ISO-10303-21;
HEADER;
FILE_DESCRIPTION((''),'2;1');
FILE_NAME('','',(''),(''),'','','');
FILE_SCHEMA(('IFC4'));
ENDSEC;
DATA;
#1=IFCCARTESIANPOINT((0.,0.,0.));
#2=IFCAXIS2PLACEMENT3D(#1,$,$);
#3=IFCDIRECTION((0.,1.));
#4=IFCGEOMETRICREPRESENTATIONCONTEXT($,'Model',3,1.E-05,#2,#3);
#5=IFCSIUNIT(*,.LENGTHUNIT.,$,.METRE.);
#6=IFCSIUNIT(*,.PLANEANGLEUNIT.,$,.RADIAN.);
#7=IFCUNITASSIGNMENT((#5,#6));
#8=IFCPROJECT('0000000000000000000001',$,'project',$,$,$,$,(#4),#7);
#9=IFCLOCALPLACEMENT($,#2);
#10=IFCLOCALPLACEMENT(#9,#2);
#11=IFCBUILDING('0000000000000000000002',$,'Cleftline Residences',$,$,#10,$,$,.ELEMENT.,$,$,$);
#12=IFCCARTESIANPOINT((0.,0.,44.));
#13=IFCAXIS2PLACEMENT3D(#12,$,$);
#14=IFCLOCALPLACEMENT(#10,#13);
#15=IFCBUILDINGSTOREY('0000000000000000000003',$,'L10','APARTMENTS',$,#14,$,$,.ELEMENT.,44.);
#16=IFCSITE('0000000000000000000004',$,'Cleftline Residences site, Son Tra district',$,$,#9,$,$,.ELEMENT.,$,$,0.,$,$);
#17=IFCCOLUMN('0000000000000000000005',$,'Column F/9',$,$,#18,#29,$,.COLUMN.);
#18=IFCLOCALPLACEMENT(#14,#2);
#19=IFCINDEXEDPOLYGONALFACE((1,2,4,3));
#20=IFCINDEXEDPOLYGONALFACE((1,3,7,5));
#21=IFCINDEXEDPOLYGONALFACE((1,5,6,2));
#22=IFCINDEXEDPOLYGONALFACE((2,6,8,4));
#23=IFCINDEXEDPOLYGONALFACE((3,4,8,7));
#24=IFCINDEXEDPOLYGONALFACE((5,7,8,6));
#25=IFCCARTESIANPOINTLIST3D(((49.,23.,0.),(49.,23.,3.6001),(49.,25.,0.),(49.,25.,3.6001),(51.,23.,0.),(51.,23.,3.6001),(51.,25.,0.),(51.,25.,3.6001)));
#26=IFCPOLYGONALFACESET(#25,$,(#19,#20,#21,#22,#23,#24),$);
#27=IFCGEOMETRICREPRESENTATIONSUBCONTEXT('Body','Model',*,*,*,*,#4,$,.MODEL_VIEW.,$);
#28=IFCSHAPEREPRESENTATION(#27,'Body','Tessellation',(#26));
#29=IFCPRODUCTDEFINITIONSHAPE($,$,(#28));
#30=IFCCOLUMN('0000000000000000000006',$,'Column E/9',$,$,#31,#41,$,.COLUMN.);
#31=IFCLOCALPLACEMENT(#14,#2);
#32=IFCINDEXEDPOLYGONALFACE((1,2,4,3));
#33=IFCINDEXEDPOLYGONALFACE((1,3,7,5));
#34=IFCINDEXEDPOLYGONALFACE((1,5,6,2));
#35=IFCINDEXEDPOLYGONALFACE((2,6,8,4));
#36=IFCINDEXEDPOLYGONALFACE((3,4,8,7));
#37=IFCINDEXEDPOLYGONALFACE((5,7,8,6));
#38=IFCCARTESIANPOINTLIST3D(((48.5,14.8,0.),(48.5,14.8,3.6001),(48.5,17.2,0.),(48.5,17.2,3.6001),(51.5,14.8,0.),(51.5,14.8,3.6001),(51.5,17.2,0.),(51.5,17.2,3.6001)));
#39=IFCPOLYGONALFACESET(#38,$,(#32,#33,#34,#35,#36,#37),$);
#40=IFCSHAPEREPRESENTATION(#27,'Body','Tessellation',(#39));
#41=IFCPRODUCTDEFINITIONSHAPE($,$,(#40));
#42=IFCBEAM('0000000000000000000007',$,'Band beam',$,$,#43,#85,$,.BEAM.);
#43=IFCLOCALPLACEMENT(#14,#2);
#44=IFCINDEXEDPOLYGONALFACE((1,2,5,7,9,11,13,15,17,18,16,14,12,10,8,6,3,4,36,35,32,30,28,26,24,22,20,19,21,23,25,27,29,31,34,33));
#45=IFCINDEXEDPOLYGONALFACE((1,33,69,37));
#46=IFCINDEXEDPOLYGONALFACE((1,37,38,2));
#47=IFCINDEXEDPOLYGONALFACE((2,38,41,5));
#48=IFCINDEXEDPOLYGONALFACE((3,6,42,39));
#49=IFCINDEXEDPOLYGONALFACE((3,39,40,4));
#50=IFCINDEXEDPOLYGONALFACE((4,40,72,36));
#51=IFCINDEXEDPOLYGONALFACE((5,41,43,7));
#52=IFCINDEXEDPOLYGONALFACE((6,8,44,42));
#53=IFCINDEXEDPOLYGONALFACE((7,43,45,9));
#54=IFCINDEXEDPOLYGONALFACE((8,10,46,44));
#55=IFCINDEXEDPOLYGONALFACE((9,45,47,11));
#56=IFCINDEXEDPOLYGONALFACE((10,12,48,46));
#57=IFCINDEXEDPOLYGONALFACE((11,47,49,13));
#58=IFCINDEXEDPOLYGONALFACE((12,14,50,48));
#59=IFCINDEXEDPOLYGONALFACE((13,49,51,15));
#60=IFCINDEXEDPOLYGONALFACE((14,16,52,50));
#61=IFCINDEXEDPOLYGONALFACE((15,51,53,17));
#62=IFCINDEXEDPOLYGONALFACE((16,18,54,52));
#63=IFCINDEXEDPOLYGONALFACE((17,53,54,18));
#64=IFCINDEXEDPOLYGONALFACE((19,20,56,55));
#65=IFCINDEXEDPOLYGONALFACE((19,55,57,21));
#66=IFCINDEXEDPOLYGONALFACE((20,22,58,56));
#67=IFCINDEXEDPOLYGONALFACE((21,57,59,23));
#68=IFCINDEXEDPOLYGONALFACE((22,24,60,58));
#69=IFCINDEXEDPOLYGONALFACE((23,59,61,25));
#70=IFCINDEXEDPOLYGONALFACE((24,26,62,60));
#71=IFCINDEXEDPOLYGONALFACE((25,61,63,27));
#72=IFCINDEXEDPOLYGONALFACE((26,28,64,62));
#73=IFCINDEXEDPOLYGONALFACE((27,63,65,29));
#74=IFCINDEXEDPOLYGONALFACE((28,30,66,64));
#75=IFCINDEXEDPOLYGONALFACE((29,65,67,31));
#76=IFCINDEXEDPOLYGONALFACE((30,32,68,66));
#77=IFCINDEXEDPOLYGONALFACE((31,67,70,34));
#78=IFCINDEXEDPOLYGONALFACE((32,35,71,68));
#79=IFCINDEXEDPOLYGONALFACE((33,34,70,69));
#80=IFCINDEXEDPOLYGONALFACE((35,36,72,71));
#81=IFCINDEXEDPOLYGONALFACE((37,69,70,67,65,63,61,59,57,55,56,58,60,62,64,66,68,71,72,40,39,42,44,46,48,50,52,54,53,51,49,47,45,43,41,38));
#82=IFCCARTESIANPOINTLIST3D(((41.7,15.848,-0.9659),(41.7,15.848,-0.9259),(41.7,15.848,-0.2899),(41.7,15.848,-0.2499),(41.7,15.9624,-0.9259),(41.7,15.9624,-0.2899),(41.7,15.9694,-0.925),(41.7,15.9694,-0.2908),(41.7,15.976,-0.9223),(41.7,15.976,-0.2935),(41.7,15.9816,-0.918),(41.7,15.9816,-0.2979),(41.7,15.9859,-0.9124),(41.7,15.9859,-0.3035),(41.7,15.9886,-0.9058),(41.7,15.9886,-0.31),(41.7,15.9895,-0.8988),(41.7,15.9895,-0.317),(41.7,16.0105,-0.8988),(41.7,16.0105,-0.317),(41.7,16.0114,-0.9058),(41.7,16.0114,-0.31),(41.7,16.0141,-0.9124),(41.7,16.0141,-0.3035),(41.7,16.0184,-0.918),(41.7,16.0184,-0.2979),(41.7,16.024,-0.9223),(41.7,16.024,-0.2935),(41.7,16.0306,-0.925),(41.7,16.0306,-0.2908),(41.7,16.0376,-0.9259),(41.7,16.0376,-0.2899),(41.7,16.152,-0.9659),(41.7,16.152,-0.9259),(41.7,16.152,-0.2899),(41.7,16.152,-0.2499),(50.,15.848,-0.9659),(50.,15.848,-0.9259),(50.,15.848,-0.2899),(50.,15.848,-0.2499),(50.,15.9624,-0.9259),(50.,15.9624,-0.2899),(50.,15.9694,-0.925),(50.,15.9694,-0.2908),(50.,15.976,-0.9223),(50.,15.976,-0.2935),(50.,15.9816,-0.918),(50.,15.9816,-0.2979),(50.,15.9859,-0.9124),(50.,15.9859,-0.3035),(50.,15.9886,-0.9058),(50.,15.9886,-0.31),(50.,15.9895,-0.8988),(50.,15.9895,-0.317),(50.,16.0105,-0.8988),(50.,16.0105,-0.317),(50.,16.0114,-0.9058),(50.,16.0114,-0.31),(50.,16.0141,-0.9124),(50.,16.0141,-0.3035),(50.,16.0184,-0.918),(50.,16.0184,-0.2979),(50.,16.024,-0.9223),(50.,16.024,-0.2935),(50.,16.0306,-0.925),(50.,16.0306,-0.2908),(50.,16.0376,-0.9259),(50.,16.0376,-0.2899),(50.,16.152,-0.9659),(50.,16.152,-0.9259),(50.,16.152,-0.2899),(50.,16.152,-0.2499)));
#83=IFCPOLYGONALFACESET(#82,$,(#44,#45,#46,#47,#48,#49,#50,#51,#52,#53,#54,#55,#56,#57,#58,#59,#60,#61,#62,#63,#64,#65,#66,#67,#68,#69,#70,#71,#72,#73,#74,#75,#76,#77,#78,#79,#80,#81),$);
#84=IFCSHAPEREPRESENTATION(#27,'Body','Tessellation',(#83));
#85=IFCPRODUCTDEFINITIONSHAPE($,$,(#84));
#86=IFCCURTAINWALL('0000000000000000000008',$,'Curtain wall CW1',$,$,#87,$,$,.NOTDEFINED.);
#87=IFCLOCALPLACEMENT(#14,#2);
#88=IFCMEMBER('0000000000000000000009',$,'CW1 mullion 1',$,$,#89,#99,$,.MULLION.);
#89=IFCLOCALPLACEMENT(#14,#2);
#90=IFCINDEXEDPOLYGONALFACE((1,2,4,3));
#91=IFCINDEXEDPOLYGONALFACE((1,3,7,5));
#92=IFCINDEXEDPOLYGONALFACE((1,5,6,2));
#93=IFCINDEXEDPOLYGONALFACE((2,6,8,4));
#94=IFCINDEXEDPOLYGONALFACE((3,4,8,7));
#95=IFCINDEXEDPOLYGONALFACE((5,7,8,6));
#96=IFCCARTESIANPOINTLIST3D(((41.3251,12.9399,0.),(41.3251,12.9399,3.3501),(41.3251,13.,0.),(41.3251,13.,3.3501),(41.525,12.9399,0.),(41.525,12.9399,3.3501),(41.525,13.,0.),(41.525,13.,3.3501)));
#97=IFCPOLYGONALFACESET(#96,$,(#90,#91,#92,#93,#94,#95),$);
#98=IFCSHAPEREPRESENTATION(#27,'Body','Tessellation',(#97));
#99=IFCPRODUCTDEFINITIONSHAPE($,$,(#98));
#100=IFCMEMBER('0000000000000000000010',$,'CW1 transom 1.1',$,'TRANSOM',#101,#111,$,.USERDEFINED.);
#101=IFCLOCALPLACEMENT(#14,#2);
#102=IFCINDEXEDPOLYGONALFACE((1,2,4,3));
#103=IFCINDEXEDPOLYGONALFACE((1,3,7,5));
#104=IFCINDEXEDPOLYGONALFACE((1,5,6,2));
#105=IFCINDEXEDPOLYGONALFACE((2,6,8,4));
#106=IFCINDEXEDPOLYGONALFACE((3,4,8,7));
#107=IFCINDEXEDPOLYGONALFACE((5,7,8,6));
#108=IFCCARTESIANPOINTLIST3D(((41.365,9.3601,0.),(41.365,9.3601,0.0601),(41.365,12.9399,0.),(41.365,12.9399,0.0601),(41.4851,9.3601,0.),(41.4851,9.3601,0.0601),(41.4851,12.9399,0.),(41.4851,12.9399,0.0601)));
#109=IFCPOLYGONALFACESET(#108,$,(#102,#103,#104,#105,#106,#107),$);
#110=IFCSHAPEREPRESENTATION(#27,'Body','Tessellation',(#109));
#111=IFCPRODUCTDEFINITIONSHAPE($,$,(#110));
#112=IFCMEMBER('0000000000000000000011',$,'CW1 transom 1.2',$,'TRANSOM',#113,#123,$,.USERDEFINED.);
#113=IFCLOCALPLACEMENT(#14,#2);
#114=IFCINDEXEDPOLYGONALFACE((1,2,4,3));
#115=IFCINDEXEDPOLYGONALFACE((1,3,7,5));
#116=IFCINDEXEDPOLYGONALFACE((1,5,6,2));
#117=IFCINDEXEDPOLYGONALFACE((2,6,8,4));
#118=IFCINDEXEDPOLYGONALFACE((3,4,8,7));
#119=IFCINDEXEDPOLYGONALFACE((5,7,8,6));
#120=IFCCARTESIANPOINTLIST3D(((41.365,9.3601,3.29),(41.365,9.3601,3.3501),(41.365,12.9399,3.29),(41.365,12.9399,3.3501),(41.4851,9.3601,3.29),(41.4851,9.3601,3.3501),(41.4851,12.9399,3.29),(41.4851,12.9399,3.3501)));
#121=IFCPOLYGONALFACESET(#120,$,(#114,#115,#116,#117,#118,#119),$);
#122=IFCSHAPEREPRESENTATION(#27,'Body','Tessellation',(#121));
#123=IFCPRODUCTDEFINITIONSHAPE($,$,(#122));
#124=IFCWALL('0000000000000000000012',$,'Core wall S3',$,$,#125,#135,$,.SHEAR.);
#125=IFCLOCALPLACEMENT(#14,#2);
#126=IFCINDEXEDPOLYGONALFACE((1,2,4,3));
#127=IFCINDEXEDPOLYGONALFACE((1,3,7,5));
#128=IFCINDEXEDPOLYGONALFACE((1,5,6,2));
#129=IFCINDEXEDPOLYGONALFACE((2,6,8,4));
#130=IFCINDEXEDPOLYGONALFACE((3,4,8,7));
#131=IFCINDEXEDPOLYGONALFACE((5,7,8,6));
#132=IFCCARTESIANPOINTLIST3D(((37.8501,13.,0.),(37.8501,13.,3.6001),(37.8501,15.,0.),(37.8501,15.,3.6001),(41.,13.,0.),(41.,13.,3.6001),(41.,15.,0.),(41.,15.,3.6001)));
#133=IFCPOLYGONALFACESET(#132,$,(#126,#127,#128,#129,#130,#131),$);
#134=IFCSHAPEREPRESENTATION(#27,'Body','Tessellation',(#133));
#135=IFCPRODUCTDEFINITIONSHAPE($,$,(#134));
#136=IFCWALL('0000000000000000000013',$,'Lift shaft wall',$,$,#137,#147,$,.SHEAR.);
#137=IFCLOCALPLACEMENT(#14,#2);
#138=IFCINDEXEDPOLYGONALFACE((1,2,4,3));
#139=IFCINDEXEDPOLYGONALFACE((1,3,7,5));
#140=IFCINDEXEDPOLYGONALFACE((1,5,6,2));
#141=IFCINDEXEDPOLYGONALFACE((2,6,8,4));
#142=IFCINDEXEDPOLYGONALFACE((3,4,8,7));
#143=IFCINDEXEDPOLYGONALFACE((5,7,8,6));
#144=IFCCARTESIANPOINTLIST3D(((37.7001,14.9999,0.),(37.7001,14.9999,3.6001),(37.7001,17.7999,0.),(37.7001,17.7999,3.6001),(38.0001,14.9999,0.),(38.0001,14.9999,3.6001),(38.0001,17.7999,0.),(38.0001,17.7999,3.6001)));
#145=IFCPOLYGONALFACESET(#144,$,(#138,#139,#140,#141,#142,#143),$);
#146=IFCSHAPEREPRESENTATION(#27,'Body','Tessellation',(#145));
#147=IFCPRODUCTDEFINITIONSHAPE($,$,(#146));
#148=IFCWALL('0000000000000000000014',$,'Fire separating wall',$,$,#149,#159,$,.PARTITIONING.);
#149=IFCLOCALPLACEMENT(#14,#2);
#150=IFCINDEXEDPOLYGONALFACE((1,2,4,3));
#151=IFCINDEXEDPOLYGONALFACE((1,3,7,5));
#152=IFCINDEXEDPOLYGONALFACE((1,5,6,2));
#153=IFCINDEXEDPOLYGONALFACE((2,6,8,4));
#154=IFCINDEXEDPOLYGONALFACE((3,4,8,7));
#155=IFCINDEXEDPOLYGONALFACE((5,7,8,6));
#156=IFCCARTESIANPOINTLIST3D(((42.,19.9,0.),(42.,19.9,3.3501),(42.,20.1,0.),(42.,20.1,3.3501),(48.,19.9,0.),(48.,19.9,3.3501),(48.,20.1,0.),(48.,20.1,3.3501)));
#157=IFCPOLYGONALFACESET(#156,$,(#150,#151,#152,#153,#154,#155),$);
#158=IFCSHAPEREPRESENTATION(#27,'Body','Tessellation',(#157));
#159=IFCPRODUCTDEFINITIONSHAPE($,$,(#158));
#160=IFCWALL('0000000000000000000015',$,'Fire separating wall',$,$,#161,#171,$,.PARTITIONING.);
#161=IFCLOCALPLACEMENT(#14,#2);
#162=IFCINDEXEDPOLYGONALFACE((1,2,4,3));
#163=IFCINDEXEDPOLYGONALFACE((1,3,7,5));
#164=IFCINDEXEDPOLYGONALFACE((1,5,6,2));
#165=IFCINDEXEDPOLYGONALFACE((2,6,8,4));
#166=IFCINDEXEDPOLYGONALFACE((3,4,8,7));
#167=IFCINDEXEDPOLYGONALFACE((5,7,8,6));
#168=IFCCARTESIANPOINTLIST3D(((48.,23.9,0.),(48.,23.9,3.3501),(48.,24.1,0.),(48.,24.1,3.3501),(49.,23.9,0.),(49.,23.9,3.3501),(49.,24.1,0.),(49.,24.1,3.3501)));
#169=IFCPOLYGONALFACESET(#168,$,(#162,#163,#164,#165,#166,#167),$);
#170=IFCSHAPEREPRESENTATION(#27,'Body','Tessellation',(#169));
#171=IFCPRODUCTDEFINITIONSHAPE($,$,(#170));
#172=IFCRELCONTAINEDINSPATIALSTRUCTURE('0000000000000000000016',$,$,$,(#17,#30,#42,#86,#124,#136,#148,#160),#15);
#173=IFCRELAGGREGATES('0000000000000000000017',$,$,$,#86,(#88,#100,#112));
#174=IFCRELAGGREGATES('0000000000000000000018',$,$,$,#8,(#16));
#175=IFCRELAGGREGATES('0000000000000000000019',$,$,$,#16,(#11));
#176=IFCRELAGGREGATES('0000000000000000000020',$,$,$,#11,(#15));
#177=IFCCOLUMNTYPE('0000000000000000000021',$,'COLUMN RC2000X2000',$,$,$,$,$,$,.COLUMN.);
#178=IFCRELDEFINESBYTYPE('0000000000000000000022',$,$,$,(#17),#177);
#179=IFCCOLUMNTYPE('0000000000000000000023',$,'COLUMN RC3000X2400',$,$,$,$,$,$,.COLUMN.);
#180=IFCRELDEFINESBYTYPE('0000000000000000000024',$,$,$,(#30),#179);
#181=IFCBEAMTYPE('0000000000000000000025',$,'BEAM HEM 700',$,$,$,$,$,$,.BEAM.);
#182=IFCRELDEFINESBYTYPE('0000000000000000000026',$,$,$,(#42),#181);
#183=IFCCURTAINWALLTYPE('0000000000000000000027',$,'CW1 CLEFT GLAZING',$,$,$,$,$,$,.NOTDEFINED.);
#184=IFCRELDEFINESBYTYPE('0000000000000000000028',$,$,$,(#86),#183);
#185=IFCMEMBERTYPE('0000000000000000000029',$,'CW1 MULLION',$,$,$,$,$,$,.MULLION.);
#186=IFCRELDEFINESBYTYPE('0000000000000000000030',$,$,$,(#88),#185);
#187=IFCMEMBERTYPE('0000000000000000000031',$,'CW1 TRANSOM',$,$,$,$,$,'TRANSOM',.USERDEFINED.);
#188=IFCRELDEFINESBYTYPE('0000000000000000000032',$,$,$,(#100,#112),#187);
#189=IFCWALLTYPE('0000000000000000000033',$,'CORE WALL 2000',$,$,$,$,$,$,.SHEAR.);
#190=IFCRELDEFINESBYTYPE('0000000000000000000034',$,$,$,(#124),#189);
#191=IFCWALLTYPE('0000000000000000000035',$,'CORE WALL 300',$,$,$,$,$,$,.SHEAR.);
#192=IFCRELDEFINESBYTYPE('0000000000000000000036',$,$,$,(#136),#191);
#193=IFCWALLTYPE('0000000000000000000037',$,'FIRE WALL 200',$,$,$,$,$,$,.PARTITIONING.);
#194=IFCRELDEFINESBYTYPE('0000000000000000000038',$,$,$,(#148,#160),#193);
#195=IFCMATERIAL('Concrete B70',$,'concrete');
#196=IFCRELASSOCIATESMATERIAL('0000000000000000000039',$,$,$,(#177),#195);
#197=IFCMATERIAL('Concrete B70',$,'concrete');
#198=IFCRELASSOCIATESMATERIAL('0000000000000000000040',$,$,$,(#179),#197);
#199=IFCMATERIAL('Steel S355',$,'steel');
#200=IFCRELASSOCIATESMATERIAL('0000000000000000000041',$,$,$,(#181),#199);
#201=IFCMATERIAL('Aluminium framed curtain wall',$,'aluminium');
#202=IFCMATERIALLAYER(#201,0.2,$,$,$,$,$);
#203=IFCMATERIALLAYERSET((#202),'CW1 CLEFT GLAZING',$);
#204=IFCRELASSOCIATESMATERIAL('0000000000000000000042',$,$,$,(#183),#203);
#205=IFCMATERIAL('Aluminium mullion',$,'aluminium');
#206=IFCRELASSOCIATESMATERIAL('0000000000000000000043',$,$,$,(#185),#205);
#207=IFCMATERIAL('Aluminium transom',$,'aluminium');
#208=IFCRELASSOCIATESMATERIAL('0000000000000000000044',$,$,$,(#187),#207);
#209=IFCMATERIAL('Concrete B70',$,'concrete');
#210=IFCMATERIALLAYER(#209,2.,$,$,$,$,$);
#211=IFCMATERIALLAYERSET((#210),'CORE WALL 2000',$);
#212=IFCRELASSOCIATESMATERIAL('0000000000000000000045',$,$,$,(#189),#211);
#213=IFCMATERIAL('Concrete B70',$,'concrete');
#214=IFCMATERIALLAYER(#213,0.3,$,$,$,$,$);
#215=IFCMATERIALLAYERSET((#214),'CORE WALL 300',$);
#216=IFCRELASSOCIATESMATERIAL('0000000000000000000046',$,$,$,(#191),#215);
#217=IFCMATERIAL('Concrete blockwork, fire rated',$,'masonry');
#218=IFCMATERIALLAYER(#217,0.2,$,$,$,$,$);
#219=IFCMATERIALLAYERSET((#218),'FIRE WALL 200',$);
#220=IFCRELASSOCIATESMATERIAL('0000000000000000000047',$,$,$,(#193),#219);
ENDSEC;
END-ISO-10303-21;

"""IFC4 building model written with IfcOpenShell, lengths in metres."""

from ifc_helpers import new_model, si_unit, direction, frame, frame_2d, origin, origin_2d, place, context, subcontext, project, spatial, rectangle, i_section, extrude, material, layer, layer_set, material_profile, profile_set, type_object, element, aggregate, save


model = new_model("IFC4")

# Units and contexts
model_context = context("Model", 3, precision=1e-05, world=origin(), true_north=direction((0.0, 1.0)))
body_context = subcontext(model_context, "Body", "Model", "MODEL_VIEW")
ifc_project = project(units=[si_unit("LENGTHUNIT", "METRE"), si_unit("PLANEANGLEUNIT", "RADIAN")], contexts=[model_context])

# Site, building, storey
site_placement = place(None, origin())
site = spatial("IfcSite", under=ifc_project, at=site_placement, Name="Cleftline Residences site, Son Tra district", CompositionType="ELEMENT", RefElevation=0.0)
building_placement = place(site_placement, origin())
building = spatial("IfcBuilding", under=site, at=building_placement, Name="Cleftline Residences", CompositionType="ELEMENT")
storey_placement = place(building_placement, frame((0.0, 0.0, 44.0)))
storey = spatial("IfcBuildingStorey", under=building, at=storey_placement, Name="L10", Description="APARTMENTS", CompositionType="ELEMENT", Elevation=44.0)

# Columns
ifc_material_1 = material(Name="Concrete B70", Category="concrete")
ifc_material_profile_1 = material_profile(ifc_material_1, rectangle(XDim=2.0, YDim=2.0, at=origin_2d()))
ifc_profile_set_1 = profile_set([ifc_material_profile_1], Name="Concrete B70")
column_type_1 = type_object("IfcColumnType", Name="COLUMN RC2000X2000", PredefinedType="COLUMN", material=ifc_profile_set_1)
column_1_placement = place(storey_placement, frame((50.0, 24.0, 0.0), z_axis=(0.0, 0.0, 1.0), x_axis=(1.0, 0.0, 0.0)))
element("IfcColumn", 1, at=column_1_placement, inside=storey, type_object=column_type_1, Name="Column F/9", PredefinedType="COLUMN", context=body_context, shape_type="SweptSolid", body=[
    extrude(rectangle(XDim=2.0, YDim=2.0, at=origin_2d()), origin(), (0.0, 0.0, 1.0), 3.6001),
])
ifc_material_2 = material(Name="Concrete B70", Category="concrete")
ifc_material_profile_2 = material_profile(ifc_material_2, rectangle(XDim=3.0, YDim=2.3999, at=origin_2d()))
ifc_profile_set_2 = profile_set([ifc_material_profile_2], Name="Concrete B70")
column_type_2 = type_object("IfcColumnType", Name="COLUMN RC3000X2400", PredefinedType="COLUMN", material=ifc_profile_set_2)
column_2_placement = place(storey_placement, frame((50.0, 16.0, 0.0), z_axis=(0.0, 0.0, 1.0), x_axis=(1.0, 0.0, 0.0)))
element("IfcColumn", 2, at=column_2_placement, inside=storey, type_object=column_type_2, Name="Column E/9", PredefinedType="COLUMN", context=body_context, shape_type="SweptSolid", body=[
    extrude(rectangle(XDim=3.0, YDim=2.3999, at=origin_2d()), origin(), (0.0, 0.0, 1.0), 3.6001),
])

# Beam
ifc_material_3 = material(Name="Steel S355", Category="steel")
ifc_material_profile_3 = material_profile(ifc_material_3, i_section(OverallWidth=0.304, OverallDepth=0.7161, WebThickness=0.021, FlangeThickness=0.04, FilletRadius=0.0271, at=origin_2d()))
ifc_profile_set_3 = profile_set([ifc_material_profile_3], Name="Steel S355")
beam_type = type_object("IfcBeamType", Name="BEAM HEM 700", PredefinedType="BEAM", material=ifc_profile_set_3)
beam_placement = place(storey_placement, frame((50.0, 16.0, -0.6079), z_axis=(-1.0, 0.0, 0.0), x_axis=(0.0, -1.0, 0.0)))
element("IfcBeam", 3, at=beam_placement, inside=storey, type_object=beam_type, Name="Band beam", PredefinedType="BEAM", context=body_context, shape_type="SweptSolid", body=[
    extrude(i_section(OverallWidth=0.304, OverallDepth=0.7161, WebThickness=0.021, FlangeThickness=0.04, FilletRadius=0.0271, at=origin_2d()), origin(), (0.0, 0.0, 1.0), 8.3),
])

# Curtain wall, members
ifc_material_4 = material(Name="Aluminium framed curtain wall", Category="aluminium")
ifc_layer_1 = layer(ifc_material_4, 0.2)
ifc_layer_set_1 = layer_set([ifc_layer_1], Name="CW1 CLEFT GLAZING")
curtain_wall_type = type_object("IfcCurtainWallType", Name="CW1 CLEFT GLAZING", PredefinedType="NOTDEFINED", material=ifc_layer_set_1)
curtain_wall_placement = place(storey_placement, origin())
curtain_wall = element("IfcCurtainWall", 4, at=curtain_wall_placement, inside=storey, type_object=curtain_wall_type, Name="Curtain wall CW1", PredefinedType="NOTDEFINED")
ifc_material_5 = material(Name="Aluminium mullion", Category="aluminium")
ifc_material_profile_4 = material_profile(ifc_material_5, rectangle(XDim=0.2, YDim=0.0601, at=origin_2d()))
ifc_profile_set_4 = profile_set([ifc_material_profile_4], Name="Aluminium mullion")
member_type_1 = type_object("IfcMemberType", Name="CW1 MULLION", PredefinedType="MULLION", material=ifc_profile_set_4)
member_1_placement = place(storey_placement, frame((41.425, 12.97, 0.0), z_axis=(0.0, 0.0, 1.0), x_axis=(1.0, 0.0, 0.0)))
member_1 = element("IfcMember", 5, at=member_1_placement, type_object=member_type_1, Name="CW1 mullion 1", PredefinedType="MULLION", context=body_context, shape_type="SweptSolid", body=[
    extrude(rectangle(XDim=0.2, YDim=0.0601, at=origin_2d()), origin(), (0.0, 0.0, 1.0), 3.3501),
])
ifc_material_6 = material(Name="Aluminium transom", Category="aluminium")
ifc_material_profile_5 = material_profile(ifc_material_6, rectangle(XDim=0.1201, YDim=0.0601, at=origin_2d()))
ifc_profile_set_5 = profile_set([ifc_material_profile_5], Name="Aluminium transom")
member_type_2 = type_object("IfcMemberType", Name="CW1 TRANSOM", ElementType="TRANSOM", PredefinedType="USERDEFINED", material=ifc_profile_set_5)
member_2_placement = place(storey_placement, frame((41.425, 12.9399, 0.03), z_axis=(0.0, -1.0, 0.0), x_axis=(1.0, 0.0, 0.0)))
member_2 = element("IfcMember", 6, at=member_2_placement, type_object=member_type_2, Name="CW1 transom 1.1", ObjectType="TRANSOM", PredefinedType="USERDEFINED", context=body_context, shape_type="SweptSolid", body=[
    extrude(rectangle(XDim=0.1201, YDim=0.0601, at=origin_2d()), origin(), (0.0, 0.0, 1.0), 3.5798),
])
member_3_placement = place(storey_placement, frame((41.425, 12.9399, 3.3201), z_axis=(0.0, -1.0, 0.0), x_axis=(1.0, 0.0, 0.0)))
member_3 = element("IfcMember", 7, at=member_3_placement, type_object=member_type_2, Name="CW1 transom 1.2", ObjectType="TRANSOM", PredefinedType="USERDEFINED", context=body_context, shape_type="SweptSolid", body=[
    extrude(rectangle(XDim=0.1201, YDim=0.0601, at=origin_2d()), origin(), (0.0, 0.0, 1.0), 3.5798),
])
aggregate(curtain_wall, [member_1, member_2, member_3])

# Walls
ifc_material_7 = material(Name="Concrete B70", Category="concrete")
ifc_layer_2 = layer(ifc_material_7, 2.0)
ifc_layer_set_2 = layer_set([ifc_layer_2], Name="CORE WALL 2000")
wall_type_1 = type_object("IfcWallType", Name="CORE WALL 2000", PredefinedType="SHEAR", material=ifc_layer_set_2)
wall_1_placement = place(storey_placement, frame((37.8501, 14.0, 0.0), z_axis=(0.0, 0.0, 1.0), x_axis=(1.0, 0.0, 0.0)))
element("IfcWall", 8, at=wall_1_placement, inside=storey, type_object=wall_type_1, Name="Core wall S3", PredefinedType="SHEAR", context=body_context, shape_type="SweptSolid", body=[
    extrude(rectangle(XDim=3.1499, YDim=2.0, at=frame_2d((1.575, 0.0))), origin(), (0.0, 0.0, 1.0), 3.6001),
])
ifc_material_8 = material(Name="Concrete B70", Category="concrete")
ifc_layer_3 = layer(ifc_material_8, 0.3)
ifc_layer_set_3 = layer_set([ifc_layer_3], Name="CORE WALL 300")
wall_type_2 = type_object("IfcWallType", Name="CORE WALL 300", PredefinedType="SHEAR", material=ifc_layer_set_3)
wall_2_placement = place(storey_placement, frame((37.8501, 15.0, 0.0), z_axis=(0.0, 0.0, 1.0), x_axis=(0.0, 1.0, 0.0)))
element("IfcWall", 9, at=wall_2_placement, inside=storey, type_object=wall_type_2, Name="Lift shaft wall", PredefinedType="SHEAR", context=body_context, shape_type="SweptSolid", body=[
    extrude(rectangle(XDim=2.8, YDim=0.3, at=frame_2d((1.3999, 0.0))), origin(), (0.0, 0.0, 1.0), 3.6001),
])
ifc_material_9 = material(Name="Concrete blockwork, fire rated", Category="masonry")
ifc_layer_4 = layer(ifc_material_9, 0.2)
ifc_layer_set_4 = layer_set([ifc_layer_4], Name="FIRE WALL 200")
wall_type_3 = type_object("IfcWallType", Name="FIRE WALL 200", PredefinedType="PARTITIONING", material=ifc_layer_set_4)
wall_3_placement = place(storey_placement, frame((42.0, 20.0, 0.0), z_axis=(0.0, 0.0, 1.0), x_axis=(1.0, 0.0, 0.0)))
element("IfcWall", 10, at=wall_3_placement, inside=storey, type_object=wall_type_3, Name="Fire separating wall", PredefinedType="PARTITIONING", context=body_context, shape_type="SweptSolid", body=[
    extrude(rectangle(XDim=6.0, YDim=0.2, at=frame_2d((3.0, 0.0))), origin(), (0.0, 0.0, 1.0), 3.3501),
])
wall_4_placement = place(storey_placement, frame((48.0, 24.0, 0.0), z_axis=(0.0, 0.0, 1.0), x_axis=(1.0, 0.0, 0.0)))
element("IfcWall", 11, at=wall_4_placement, inside=storey, type_object=wall_type_3, Name="Fire separating wall", PredefinedType="PARTITIONING", context=body_context, shape_type="SweptSolid", body=[
    extrude(rectangle(XDim=1.0, YDim=0.2, at=frame_2d((0.5, 0.0))), origin(), (0.0, 0.0, 1.0), 3.3501),
])

save(model, "model.ifc")
